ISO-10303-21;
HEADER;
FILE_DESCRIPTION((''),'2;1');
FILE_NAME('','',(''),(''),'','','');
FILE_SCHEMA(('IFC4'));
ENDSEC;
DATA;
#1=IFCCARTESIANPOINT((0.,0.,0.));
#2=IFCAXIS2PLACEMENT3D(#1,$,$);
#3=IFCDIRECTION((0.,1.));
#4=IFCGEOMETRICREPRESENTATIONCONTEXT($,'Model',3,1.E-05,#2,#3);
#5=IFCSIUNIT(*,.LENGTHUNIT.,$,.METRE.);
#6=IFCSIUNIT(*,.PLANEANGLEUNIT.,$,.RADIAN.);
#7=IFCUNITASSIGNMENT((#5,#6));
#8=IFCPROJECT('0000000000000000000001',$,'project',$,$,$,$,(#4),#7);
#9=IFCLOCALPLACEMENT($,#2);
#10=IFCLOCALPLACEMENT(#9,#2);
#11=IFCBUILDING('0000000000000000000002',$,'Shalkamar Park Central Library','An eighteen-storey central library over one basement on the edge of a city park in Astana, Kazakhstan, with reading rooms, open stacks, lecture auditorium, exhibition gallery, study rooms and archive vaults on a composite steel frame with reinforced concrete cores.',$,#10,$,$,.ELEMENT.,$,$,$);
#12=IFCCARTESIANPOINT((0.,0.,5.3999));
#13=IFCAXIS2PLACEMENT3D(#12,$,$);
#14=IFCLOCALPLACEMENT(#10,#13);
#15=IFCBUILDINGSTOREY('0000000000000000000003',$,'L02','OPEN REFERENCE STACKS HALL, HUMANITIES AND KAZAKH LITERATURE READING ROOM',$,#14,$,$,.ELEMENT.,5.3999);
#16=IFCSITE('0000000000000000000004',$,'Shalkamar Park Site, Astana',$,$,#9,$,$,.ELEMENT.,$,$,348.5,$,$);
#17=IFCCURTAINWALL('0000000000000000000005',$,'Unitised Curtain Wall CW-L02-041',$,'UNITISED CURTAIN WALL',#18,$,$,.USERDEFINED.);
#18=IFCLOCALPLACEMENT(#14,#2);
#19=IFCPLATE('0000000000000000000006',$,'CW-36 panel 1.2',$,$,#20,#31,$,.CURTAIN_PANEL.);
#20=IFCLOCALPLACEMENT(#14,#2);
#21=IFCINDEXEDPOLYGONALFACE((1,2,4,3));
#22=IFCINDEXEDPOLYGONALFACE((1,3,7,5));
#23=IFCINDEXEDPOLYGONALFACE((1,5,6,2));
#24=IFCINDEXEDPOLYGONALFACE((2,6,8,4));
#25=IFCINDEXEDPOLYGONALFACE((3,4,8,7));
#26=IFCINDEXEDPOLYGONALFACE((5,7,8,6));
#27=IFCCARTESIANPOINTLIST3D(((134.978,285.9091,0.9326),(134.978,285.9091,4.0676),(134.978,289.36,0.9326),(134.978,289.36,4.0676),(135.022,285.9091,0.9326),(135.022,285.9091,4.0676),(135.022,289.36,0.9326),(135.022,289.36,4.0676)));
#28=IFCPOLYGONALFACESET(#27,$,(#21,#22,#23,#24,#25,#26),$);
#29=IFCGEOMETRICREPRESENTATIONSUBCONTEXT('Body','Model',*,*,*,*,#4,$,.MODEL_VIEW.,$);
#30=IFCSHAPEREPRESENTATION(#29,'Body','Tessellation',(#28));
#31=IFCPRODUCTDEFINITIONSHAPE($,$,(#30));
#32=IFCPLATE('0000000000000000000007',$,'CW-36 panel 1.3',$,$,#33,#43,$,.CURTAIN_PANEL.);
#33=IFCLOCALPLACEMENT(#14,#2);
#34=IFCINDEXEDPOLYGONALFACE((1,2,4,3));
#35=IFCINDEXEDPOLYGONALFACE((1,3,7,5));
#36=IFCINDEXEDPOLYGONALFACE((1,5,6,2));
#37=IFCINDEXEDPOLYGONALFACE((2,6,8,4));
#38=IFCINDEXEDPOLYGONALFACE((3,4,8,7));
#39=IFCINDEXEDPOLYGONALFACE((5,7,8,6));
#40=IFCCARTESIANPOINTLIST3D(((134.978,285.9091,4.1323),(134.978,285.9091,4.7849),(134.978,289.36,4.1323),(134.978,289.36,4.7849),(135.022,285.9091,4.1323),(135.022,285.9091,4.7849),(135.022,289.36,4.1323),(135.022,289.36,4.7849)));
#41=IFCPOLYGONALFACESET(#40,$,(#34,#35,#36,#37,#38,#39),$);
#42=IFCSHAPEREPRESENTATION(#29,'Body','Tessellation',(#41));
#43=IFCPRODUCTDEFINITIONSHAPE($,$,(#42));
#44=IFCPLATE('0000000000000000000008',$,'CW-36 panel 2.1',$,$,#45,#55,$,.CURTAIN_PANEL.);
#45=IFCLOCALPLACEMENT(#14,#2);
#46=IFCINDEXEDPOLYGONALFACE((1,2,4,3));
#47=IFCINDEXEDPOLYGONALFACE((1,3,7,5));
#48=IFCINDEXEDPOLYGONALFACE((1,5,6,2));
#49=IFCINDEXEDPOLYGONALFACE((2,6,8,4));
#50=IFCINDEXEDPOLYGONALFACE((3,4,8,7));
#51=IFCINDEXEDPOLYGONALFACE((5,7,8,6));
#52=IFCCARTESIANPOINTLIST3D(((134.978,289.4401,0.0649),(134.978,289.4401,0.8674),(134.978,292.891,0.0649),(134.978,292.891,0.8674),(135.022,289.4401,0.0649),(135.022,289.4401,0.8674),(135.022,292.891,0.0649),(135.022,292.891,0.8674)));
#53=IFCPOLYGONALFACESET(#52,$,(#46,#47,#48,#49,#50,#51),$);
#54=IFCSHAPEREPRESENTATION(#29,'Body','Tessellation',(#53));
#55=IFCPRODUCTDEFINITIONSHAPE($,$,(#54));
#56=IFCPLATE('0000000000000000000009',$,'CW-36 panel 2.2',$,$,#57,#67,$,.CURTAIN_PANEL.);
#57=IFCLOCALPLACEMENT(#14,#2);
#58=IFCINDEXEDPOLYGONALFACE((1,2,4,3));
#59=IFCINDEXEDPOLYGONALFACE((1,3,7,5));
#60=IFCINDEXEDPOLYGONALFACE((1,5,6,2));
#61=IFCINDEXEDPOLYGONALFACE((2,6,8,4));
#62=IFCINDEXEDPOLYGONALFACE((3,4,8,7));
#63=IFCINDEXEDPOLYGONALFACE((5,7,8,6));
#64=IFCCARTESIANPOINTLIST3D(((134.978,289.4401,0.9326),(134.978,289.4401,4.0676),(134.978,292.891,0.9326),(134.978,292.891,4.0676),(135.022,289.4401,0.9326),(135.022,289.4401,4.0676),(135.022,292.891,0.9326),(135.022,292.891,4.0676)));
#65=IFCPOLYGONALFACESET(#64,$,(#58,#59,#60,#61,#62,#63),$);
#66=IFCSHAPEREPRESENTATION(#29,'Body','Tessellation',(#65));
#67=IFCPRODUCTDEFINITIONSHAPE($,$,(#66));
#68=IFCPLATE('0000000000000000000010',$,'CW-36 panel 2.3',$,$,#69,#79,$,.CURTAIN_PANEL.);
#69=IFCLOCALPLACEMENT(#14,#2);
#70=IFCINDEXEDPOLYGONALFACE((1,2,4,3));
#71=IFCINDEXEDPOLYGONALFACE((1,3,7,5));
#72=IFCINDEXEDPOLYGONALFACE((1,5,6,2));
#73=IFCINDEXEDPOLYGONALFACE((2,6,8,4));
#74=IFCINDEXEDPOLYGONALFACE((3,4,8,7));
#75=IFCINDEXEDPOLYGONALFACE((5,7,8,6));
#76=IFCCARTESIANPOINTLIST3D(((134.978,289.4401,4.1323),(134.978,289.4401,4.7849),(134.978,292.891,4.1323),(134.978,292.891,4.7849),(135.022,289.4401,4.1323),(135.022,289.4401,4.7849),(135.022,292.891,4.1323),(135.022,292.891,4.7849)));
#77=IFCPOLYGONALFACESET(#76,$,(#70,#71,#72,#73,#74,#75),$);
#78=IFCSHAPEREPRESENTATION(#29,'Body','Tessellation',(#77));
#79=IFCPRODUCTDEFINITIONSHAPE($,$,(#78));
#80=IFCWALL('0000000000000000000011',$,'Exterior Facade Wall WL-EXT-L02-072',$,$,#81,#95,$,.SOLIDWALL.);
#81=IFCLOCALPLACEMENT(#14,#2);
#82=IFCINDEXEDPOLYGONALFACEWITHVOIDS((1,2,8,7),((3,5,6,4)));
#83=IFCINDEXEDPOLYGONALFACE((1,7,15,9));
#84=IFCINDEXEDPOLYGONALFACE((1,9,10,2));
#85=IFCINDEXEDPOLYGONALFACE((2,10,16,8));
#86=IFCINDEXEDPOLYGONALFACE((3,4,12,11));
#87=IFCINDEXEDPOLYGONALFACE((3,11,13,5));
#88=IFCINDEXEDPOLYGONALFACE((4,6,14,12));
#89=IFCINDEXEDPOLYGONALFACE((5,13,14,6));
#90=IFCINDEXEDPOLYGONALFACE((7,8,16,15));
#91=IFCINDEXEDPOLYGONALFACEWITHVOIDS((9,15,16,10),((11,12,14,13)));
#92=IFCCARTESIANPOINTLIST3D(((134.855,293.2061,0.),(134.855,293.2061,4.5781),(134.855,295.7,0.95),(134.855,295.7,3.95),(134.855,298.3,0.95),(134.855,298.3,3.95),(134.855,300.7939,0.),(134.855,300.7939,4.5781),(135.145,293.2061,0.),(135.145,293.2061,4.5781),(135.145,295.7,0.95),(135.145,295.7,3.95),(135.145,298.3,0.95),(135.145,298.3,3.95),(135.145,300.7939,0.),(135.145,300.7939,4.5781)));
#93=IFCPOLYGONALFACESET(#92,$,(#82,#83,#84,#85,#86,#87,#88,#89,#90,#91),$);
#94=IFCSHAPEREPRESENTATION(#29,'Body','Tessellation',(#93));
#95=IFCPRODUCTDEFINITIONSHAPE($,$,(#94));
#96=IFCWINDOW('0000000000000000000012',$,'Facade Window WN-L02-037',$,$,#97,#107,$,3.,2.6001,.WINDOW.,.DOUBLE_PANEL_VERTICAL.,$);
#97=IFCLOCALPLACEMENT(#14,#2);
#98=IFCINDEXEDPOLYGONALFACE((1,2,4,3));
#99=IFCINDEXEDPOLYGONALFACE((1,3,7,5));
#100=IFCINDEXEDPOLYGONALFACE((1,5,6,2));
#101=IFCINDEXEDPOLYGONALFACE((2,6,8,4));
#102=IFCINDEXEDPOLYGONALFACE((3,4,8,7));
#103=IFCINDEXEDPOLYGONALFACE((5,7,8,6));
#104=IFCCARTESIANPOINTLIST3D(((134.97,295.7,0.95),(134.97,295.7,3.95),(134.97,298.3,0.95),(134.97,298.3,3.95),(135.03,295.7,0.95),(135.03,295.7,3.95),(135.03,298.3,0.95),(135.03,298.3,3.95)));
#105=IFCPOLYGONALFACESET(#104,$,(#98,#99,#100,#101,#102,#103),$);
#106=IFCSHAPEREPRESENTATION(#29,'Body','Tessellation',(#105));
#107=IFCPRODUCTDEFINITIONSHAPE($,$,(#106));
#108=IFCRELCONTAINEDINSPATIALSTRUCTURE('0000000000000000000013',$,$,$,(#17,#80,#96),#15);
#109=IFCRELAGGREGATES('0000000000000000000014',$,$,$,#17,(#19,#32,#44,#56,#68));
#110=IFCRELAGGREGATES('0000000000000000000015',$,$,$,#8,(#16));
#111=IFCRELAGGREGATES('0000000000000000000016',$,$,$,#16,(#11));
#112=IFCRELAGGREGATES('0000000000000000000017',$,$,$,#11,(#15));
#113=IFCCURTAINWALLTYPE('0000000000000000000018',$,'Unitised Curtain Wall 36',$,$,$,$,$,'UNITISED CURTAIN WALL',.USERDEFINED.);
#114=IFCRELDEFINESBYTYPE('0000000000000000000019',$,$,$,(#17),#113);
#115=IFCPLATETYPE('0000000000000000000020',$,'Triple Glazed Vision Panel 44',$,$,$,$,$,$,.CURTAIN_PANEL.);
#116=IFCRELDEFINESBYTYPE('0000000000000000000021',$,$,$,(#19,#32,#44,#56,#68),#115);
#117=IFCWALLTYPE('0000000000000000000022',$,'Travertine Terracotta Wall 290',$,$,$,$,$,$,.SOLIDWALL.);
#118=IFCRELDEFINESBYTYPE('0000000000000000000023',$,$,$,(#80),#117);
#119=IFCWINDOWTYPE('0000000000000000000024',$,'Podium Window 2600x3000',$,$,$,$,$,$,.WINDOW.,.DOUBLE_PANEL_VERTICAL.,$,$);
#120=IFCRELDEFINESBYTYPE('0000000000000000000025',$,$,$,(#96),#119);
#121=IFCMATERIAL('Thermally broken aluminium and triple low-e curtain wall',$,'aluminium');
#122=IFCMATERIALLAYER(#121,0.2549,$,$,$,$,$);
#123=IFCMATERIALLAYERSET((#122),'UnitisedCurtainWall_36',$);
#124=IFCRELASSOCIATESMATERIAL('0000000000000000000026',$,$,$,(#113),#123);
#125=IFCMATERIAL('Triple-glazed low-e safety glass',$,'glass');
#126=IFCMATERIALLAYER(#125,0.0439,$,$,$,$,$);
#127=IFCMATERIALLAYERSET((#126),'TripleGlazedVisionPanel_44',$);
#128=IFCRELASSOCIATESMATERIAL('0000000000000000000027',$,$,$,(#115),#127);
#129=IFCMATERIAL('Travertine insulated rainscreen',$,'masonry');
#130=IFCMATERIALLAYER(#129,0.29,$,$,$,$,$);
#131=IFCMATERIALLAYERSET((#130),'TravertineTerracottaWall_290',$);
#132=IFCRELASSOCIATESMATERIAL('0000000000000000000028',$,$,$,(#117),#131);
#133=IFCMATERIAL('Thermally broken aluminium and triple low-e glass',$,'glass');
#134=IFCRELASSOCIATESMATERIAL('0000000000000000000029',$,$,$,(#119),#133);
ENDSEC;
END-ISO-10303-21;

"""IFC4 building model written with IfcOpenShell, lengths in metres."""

from ifc_helpers import new_model, si_unit, direction, frame, frame_2d, origin, origin_2d, place, context, subcontext, project, spatial, rectangle, extrude, material, layer, layer_set, type_object, element, fill, aggregate, save


model = new_model("IFC4")

# Units and contexts
model_context = context("Model", 3, precision=1e-05, world=origin(), true_north=direction((0.0, 1.0)))
body_context = subcontext(model_context, "Body", "Model", "MODEL_VIEW")
ifc_project = project(units=[si_unit("LENGTHUNIT", "METRE"), si_unit("PLANEANGLEUNIT", "RADIAN")], contexts=[model_context])

# Site, building, storey
site_placement = place(None, origin())
site = spatial("IfcSite", under=ifc_project, at=site_placement, Name="Shalkamar Park Site, Astana", CompositionType="ELEMENT", RefElevation=348.5)
building_placement = place(site_placement, origin())
building = spatial("IfcBuilding", under=site, at=building_placement, Name="Shalkamar Park Central Library", Description="An eighteen-storey central library over one basement on the edge of a city park in Astana, Kazakhstan, with reading rooms, open stacks, lecture auditorium, exhibition gallery, study rooms and archive vaults on a composite steel frame with reinforced concrete cores.", CompositionType="ELEMENT")
storey_placement = place(building_placement, frame((0.0, 0.0, 5.3999)))
storey = spatial("IfcBuildingStorey", under=building, at=storey_placement, Name="L02", Description="OPEN REFERENCE STACKS HALL, HUMANITIES AND KAZAKH LITERATURE READING ROOM", CompositionType="ELEMENT", Elevation=5.3999)

# Curtain wall
ifc_material_1 = material(Name="Thermally broken aluminium and triple low-e curtain wall", Category="aluminium")
ifc_layer_1 = layer(ifc_material_1, 0.2549)
ifc_layer_set_1 = layer_set([ifc_layer_1], Name="UnitisedCurtainWall_36")
curtain_wall_type = type_object("IfcCurtainWallType", Name="Unitised Curtain Wall 36", ElementType="UNITISED CURTAIN WALL", PredefinedType="USERDEFINED", material=ifc_layer_set_1)
curtain_wall_placement = place(storey_placement, origin())
curtain_wall = element("IfcCurtainWall", 1, at=curtain_wall_placement, inside=storey, type_object=curtain_wall_type, Name="Unitised Curtain Wall CW-L02-041", ObjectType="UNITISED CURTAIN WALL", PredefinedType="USERDEFINED")

# Plates
ifc_material_2 = material(Name="Triple-glazed low-e safety glass", Category="glass")
ifc_layer_2 = layer(ifc_material_2, 0.0439)
ifc_layer_set_2 = layer_set([ifc_layer_2], Name="TripleGlazedVisionPanel_44")
plate_type = type_object("IfcPlateType", Name="Triple Glazed Vision Panel 44", PredefinedType="CURTAIN_PANEL", material=ifc_layer_set_2)
plate_1_placement = place(storey_placement, frame((135.0, 287.6345, 0.9326), z_axis=(0.0, 0.0, 1.0), x_axis=(0.0, 1.0, 0.0)))
plate_1 = element("IfcPlate", 2, at=plate_1_placement, type_object=plate_type, Name="CW-36 panel 1.2", PredefinedType="CURTAIN_PANEL", context=body_context, shape_type="SweptSolid", body=[
    extrude(rectangle(XDim=3.4509, YDim=0.0439, at=origin_2d()), origin(), (0.0, 0.0, 1.0), 3.135),
])
plate_2_placement = place(storey_placement, frame((135.0, 287.6345, 4.1323), z_axis=(0.0, 0.0, 1.0), x_axis=(0.0, 1.0, 0.0)))
plate_2 = element("IfcPlate", 3, at=plate_2_placement, type_object=plate_type, Name="CW-36 panel 1.3", PredefinedType="CURTAIN_PANEL", context=body_context, shape_type="SweptSolid", body=[
    extrude(rectangle(XDim=3.4509, YDim=0.0439, at=origin_2d()), origin(), (0.0, 0.0, 1.0), 0.6526),
])
plate_3_placement = place(storey_placement, frame((135.0, 291.1655, 0.0649), z_axis=(0.0, 0.0, 1.0), x_axis=(0.0, 1.0, 0.0)))
plate_3 = element("IfcPlate", 4, at=plate_3_placement, type_object=plate_type, Name="CW-36 panel 2.1", PredefinedType="CURTAIN_PANEL", context=body_context, shape_type="SweptSolid", body=[
    extrude(rectangle(XDim=3.4509, YDim=0.0439, at=origin_2d()), origin(), (0.0, 0.0, 1.0), 0.8025),
])
plate_4_placement = place(storey_placement, frame((135.0, 291.1655, 0.9326), z_axis=(0.0, 0.0, 1.0), x_axis=(0.0, 1.0, 0.0)))
plate_4 = element("IfcPlate", 5, at=plate_4_placement, type_object=plate_type, Name="CW-36 panel 2.2", PredefinedType="CURTAIN_PANEL", context=body_context, shape_type="SweptSolid", body=[
    extrude(rectangle(XDim=3.4509, YDim=0.0439, at=origin_2d()), origin(), (0.0, 0.0, 1.0), 3.135),
])
plate_5_placement = place(storey_placement, frame((135.0, 291.1655, 4.1323), z_axis=(0.0, 0.0, 1.0), x_axis=(0.0, 1.0, 0.0)))
plate_5 = element("IfcPlate", 6, at=plate_5_placement, type_object=plate_type, Name="CW-36 panel 2.3", PredefinedType="CURTAIN_PANEL", context=body_context, shape_type="SweptSolid", body=[
    extrude(rectangle(XDim=3.4509, YDim=0.0439, at=origin_2d()), origin(), (0.0, 0.0, 1.0), 0.6526),
])
aggregate(curtain_wall, [plate_1, plate_2, plate_3, plate_4, plate_5])

# Wall, opening, window
ifc_material_3 = material(Name="Travertine insulated rainscreen", Category="masonry")
ifc_layer_3 = layer(ifc_material_3, 0.29)
ifc_layer_set_3 = layer_set([ifc_layer_3], Name="TravertineTerracottaWall_290")
wall_type = type_object("IfcWallType", Name="Travertine Terracotta Wall 290", PredefinedType="SOLIDWALL", material=ifc_layer_set_3)
wall_placement = place(storey_placement, frame((135.0, 293.2061, 0.0), z_axis=(0.0, 0.0, 1.0), x_axis=(0.0, 1.0, 0.0)))
wall = element("IfcWall", 7, at=wall_placement, inside=storey, type_object=wall_type, Name="Exterior Facade Wall WL-EXT-L02-072", PredefinedType="SOLIDWALL", context=body_context, shape_type="SweptSolid", body=[
    extrude(rectangle(XDim=7.5879, YDim=0.29, at=frame_2d((3.7939, 0.0))), origin(), (0.0, 0.0, 1.0), 4.5781),
])
opening_placement = place(wall_placement, frame((2.4939, 0.0, 0.95)))
opening = element("IfcOpeningElement", 8, at=opening_placement, cuts=wall, PredefinedType="OPENING", context=body_context, shape_type="SweptSolid", body=[
    extrude(rectangle(XDim=2.6001, YDim=3.0, at=frame_2d((1.3, 1.5))), frame((0.0, 0.1599, 0.0), z_axis=(0.0, -1.0, 0.0), x_axis=(1.0, 0.0, 0.0)), (0.0, 0.0, 1.0), 0.3198),
])
ifc_material_4 = material(Name="Thermally broken aluminium and triple low-e glass", Category="glass")
window_type = type_object("IfcWindowType", Name="Podium Window 2600x3000", PartitioningType="DOUBLE_PANEL_VERTICAL", PredefinedType="WINDOW", material=ifc_material_4)
window_placement = place(opening_placement, origin())
window = element("IfcWindow", 9, at=window_placement, inside=storey, type_object=window_type, Name="Facade Window WN-L02-037", OverallHeight=3.0, OverallWidth=2.6001, PartitioningType="DOUBLE_PANEL_VERTICAL", PredefinedType="WINDOW", context=body_context, shape_type="SweptSolid", body=[
    extrude(rectangle(XDim=2.6001, YDim=3.0, at=frame_2d((1.3, 1.5))), frame((0.0, 0.03, 0.0), z_axis=(0.0, -1.0, 0.0), x_axis=(1.0, 0.0, 0.0)), (0.0, 0.0, 1.0), 0.0601),
])
fill(opening, window)

save(model, "model.ifc")
